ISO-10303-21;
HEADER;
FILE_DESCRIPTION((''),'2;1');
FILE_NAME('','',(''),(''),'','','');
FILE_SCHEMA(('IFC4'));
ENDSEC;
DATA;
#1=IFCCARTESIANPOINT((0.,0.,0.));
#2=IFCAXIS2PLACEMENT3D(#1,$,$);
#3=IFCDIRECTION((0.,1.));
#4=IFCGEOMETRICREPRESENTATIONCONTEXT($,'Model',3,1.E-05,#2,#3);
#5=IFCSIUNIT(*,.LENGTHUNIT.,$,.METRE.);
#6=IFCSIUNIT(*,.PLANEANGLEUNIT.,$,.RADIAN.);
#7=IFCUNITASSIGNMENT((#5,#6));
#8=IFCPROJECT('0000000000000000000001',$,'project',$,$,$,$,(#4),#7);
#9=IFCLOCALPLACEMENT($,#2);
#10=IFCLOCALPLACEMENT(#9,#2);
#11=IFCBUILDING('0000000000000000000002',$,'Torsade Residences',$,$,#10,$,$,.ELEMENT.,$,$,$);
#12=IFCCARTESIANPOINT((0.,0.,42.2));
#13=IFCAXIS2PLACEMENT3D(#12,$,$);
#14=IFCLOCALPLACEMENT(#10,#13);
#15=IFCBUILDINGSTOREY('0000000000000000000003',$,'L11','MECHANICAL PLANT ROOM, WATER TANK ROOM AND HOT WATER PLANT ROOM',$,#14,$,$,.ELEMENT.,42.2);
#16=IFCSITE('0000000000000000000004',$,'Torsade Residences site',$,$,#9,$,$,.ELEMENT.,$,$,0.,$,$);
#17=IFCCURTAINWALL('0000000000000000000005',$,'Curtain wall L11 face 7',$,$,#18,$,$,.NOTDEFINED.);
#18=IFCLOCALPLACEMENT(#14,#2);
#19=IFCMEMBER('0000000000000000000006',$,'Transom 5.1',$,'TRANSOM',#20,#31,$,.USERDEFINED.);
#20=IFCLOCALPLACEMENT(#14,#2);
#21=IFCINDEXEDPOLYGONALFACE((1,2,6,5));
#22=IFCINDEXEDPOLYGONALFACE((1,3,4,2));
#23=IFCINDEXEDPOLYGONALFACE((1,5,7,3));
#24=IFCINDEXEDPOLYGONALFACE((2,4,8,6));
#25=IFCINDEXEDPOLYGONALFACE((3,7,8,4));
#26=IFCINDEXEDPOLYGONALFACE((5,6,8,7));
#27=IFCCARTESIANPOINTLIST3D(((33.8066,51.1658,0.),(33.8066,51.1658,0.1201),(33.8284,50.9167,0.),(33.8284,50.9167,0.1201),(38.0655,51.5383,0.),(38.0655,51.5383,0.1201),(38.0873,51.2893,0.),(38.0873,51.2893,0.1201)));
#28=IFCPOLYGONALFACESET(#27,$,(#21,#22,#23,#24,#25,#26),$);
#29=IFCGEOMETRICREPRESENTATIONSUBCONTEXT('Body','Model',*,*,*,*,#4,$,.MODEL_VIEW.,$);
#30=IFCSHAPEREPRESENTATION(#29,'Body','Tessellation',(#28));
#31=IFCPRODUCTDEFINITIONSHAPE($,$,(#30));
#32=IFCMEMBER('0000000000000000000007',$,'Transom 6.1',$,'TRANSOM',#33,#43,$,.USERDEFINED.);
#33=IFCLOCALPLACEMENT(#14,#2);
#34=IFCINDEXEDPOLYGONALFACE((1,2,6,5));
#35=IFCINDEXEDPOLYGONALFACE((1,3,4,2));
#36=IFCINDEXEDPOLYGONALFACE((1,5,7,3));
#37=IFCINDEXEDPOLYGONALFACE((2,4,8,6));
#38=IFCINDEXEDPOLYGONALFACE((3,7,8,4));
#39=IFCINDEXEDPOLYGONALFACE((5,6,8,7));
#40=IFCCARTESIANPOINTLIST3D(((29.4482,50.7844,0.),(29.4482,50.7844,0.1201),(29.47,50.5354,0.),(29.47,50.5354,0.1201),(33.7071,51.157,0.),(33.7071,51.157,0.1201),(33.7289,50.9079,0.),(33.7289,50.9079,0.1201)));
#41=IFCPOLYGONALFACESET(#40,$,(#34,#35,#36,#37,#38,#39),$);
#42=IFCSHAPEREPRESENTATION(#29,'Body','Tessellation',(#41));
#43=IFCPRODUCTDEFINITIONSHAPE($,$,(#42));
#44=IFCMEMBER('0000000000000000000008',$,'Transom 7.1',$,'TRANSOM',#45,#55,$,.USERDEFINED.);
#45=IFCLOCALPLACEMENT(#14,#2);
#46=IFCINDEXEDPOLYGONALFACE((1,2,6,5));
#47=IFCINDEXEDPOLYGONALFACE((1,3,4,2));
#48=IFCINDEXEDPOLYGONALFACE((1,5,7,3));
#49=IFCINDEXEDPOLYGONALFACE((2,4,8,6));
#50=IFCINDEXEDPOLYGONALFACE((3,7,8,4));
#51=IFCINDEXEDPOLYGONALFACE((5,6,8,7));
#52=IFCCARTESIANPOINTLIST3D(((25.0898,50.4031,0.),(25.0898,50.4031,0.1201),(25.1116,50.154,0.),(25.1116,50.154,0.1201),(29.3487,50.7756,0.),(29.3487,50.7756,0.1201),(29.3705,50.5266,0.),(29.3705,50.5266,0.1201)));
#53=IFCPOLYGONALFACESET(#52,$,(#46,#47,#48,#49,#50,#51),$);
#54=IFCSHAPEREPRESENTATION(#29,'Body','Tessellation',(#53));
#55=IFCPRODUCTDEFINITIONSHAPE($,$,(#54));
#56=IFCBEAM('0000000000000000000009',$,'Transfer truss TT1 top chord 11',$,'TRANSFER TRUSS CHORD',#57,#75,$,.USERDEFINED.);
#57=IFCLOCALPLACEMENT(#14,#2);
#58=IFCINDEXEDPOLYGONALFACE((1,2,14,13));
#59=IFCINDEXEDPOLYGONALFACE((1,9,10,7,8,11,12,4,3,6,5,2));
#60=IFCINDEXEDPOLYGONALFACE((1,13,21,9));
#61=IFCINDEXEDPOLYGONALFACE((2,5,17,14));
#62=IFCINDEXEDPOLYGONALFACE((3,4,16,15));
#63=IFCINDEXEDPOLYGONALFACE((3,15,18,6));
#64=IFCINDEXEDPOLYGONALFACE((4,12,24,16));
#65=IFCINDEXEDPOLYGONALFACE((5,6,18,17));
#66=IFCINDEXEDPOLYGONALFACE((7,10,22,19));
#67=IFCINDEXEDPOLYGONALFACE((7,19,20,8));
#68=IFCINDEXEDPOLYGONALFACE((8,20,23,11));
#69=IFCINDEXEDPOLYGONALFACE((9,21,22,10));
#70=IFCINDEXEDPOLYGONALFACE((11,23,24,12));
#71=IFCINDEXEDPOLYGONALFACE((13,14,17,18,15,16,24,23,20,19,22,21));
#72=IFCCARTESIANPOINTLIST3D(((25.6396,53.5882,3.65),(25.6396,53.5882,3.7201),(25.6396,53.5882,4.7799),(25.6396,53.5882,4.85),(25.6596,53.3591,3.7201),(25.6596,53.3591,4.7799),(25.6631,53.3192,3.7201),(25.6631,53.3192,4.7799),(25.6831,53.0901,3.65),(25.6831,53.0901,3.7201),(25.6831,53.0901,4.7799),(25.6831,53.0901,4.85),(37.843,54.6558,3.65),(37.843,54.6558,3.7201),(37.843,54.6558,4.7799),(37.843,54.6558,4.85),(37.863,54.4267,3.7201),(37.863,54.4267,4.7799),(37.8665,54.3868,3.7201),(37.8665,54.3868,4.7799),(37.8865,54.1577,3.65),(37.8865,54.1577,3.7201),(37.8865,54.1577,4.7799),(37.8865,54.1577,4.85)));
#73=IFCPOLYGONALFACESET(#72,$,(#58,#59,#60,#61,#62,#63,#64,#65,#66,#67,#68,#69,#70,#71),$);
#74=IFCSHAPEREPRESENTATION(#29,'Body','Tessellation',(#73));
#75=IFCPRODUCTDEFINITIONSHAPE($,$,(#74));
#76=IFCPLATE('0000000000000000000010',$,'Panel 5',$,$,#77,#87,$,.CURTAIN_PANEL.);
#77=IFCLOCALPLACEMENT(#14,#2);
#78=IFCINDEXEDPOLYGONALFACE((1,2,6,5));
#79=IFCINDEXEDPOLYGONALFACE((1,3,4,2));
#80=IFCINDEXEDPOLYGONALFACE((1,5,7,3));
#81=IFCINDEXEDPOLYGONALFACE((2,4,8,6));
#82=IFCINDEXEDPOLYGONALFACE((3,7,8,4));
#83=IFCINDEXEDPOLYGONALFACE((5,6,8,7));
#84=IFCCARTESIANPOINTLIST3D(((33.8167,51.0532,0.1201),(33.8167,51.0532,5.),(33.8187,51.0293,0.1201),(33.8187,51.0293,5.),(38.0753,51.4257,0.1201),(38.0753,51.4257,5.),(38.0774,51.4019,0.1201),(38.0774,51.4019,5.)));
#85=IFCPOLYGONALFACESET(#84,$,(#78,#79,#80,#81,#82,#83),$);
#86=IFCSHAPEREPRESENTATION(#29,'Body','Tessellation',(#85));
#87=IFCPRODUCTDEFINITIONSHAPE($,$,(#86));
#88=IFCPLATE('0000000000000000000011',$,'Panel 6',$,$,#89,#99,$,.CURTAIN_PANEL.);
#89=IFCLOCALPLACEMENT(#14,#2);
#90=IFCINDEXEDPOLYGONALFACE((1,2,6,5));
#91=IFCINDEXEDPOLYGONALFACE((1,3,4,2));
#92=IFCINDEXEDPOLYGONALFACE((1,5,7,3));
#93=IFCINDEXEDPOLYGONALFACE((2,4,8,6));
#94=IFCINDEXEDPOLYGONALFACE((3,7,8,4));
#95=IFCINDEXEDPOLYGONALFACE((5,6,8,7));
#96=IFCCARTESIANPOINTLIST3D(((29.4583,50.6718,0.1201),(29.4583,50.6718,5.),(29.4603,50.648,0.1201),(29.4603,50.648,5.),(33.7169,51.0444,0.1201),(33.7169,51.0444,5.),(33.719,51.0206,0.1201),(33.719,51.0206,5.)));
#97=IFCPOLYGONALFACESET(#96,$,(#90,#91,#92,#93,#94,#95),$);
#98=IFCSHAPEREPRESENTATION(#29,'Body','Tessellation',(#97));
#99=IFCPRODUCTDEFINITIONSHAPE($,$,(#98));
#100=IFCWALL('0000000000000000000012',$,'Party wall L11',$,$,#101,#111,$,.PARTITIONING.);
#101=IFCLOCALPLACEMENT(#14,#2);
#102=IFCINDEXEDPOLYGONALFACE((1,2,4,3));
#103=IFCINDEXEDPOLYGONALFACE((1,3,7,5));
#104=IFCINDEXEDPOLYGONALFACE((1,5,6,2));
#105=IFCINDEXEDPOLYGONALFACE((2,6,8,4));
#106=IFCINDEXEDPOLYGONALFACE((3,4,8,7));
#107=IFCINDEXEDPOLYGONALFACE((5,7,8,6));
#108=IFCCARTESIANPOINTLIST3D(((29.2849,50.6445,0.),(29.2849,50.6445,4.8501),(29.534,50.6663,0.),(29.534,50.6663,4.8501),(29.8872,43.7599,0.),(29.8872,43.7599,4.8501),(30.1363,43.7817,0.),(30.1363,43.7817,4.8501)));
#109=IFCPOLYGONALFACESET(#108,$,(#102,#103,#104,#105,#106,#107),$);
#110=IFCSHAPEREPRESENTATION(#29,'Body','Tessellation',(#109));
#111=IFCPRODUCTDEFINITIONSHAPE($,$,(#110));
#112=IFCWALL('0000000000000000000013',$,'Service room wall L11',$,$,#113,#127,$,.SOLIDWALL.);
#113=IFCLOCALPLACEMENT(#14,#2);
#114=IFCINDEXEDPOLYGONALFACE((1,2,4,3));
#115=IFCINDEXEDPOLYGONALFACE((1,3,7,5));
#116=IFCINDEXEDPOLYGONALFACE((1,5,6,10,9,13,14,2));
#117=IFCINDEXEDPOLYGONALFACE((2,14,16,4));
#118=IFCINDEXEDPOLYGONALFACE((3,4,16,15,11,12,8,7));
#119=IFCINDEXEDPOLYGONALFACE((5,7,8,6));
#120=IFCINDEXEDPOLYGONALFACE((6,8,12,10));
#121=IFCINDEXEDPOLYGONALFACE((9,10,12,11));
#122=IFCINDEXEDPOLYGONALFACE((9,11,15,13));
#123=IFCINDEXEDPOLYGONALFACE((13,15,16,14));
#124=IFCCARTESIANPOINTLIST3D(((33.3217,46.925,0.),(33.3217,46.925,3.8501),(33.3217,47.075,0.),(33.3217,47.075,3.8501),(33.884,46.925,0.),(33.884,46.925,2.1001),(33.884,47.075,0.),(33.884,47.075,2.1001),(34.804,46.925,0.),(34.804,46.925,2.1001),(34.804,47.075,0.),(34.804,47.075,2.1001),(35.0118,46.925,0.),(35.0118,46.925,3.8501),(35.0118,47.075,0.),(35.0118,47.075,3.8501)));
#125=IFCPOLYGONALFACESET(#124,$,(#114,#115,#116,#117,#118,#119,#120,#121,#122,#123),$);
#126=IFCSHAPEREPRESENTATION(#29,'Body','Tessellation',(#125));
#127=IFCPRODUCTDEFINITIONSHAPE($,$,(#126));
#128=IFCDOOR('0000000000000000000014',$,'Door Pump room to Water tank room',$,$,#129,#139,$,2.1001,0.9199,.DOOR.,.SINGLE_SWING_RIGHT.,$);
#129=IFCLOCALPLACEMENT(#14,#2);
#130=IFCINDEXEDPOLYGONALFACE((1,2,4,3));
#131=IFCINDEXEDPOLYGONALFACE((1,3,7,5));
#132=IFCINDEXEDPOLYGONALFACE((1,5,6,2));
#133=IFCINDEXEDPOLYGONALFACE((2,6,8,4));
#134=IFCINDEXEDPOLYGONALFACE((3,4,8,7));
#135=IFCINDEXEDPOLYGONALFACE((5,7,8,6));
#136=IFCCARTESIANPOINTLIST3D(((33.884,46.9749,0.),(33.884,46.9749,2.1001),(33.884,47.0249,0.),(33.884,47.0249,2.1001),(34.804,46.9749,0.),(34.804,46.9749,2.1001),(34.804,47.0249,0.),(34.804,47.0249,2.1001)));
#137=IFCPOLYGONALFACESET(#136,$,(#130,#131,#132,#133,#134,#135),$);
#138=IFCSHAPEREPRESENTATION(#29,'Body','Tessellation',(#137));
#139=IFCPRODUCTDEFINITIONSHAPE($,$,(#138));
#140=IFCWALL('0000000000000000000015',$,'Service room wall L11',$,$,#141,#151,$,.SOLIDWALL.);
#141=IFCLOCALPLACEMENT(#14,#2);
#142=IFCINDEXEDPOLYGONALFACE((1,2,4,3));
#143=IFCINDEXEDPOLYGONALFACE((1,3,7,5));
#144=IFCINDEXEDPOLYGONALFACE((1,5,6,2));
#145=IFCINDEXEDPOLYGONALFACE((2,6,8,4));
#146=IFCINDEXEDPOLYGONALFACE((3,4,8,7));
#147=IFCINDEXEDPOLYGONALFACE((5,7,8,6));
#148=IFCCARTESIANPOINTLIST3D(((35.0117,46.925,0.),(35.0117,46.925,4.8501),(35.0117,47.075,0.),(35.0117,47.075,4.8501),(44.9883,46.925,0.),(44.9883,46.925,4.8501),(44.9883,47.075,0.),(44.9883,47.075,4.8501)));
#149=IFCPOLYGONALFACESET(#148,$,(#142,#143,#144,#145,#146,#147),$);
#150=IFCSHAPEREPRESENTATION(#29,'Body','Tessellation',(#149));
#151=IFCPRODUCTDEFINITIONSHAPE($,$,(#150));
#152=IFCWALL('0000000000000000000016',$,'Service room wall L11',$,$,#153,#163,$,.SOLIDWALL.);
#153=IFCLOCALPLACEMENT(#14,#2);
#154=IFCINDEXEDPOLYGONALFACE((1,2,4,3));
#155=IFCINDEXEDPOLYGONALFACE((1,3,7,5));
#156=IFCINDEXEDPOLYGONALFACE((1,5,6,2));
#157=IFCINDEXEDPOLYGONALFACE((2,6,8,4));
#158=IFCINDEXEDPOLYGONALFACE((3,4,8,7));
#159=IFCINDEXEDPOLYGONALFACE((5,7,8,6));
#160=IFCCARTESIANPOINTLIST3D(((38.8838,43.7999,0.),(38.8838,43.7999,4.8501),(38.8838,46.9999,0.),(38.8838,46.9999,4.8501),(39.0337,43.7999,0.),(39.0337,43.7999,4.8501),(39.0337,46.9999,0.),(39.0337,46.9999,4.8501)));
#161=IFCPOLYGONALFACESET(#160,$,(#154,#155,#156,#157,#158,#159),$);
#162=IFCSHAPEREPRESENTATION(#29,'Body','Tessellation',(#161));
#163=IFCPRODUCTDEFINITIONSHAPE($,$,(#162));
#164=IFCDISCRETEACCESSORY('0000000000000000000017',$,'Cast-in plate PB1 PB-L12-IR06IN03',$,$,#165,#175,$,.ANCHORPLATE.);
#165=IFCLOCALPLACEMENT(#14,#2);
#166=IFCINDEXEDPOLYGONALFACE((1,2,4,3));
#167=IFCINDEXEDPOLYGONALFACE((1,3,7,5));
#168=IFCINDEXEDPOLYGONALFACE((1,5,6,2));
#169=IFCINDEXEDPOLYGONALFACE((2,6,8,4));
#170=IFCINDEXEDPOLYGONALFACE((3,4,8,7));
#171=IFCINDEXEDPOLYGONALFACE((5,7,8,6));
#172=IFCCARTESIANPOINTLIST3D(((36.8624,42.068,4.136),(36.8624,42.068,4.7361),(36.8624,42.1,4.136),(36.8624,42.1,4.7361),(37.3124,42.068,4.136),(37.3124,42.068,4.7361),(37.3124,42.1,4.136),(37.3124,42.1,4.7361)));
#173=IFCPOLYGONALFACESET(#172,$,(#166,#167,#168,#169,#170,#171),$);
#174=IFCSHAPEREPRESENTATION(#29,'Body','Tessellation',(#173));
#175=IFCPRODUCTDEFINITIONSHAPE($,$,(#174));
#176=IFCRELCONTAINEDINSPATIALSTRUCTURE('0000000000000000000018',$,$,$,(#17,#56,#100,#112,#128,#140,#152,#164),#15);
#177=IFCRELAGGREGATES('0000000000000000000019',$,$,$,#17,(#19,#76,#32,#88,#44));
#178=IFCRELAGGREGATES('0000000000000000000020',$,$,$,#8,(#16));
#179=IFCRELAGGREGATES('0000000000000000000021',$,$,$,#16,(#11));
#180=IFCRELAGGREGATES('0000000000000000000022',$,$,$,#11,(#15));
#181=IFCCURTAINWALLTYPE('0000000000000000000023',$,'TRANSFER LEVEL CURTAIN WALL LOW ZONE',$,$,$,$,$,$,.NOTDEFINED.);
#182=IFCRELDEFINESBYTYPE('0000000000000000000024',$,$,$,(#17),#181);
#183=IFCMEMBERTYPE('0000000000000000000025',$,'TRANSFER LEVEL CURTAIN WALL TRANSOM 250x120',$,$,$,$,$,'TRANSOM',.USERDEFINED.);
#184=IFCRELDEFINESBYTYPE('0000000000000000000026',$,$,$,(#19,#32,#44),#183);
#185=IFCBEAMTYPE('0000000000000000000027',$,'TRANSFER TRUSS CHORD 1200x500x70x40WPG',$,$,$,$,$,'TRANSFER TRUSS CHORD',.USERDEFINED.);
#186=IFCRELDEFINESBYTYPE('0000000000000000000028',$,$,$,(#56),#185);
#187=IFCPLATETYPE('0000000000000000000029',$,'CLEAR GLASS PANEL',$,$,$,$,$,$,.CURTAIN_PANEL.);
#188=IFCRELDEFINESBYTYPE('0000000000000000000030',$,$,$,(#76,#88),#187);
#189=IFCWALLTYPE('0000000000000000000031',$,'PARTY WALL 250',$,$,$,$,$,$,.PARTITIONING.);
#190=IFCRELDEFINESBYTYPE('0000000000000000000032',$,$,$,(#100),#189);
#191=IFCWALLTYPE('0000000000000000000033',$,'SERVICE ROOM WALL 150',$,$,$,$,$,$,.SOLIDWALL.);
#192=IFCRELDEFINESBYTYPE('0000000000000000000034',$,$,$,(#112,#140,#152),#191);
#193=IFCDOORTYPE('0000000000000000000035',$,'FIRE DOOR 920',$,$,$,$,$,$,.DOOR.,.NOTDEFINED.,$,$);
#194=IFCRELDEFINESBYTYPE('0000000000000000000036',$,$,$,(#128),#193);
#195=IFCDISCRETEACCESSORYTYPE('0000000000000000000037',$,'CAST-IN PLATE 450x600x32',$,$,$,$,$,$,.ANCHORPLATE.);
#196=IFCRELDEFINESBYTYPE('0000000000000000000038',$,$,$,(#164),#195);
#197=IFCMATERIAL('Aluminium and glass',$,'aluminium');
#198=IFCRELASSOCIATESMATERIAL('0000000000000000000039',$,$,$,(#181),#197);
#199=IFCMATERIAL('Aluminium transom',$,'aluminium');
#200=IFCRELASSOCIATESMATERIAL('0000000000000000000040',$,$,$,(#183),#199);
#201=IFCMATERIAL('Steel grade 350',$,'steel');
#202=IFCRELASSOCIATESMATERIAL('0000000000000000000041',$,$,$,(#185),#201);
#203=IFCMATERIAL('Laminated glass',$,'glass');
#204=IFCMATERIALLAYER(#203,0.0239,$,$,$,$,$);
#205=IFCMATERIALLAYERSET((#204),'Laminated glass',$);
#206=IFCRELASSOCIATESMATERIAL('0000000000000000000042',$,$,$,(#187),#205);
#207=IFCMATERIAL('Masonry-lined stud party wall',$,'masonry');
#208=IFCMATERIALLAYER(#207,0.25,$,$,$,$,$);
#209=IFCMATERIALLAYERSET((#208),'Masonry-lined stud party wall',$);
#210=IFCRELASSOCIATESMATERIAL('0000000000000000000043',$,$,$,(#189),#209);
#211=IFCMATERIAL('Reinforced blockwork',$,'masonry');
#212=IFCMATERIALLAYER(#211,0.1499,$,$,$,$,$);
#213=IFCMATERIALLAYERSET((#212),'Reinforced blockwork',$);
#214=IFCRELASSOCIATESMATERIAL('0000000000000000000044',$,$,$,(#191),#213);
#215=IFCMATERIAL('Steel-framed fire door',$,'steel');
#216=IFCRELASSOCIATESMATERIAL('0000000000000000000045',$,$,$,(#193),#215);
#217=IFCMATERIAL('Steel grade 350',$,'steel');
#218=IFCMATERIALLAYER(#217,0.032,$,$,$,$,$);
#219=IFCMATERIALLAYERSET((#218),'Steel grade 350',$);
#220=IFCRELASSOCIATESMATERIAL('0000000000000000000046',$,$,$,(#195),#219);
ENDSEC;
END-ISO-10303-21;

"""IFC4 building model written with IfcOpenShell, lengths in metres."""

from ifc_helpers import new_model, si_unit, direction, frame, frame_2d, origin, origin_2d, place, context, subcontext, project, spatial, rectangle, i_section, extrude, material, layer, layer_set, material_profile, profile_set, type_object, element, fill, aggregate, save


model = new_model("IFC4")

# Units and contexts
model_context = context("Model", 3, precision=1e-05, world=origin(), true_north=direction((0.0, 1.0)))
body_context = subcontext(model_context, "Body", "Model", "MODEL_VIEW")
ifc_project = project(units=[si_unit("LENGTHUNIT", "METRE"), si_unit("PLANEANGLEUNIT", "RADIAN")], contexts=[model_context])

# Site, building, storey
site_placement = place(None, origin())
site = spatial("IfcSite", under=ifc_project, at=site_placement, Name="Torsade Residences site", CompositionType="ELEMENT", RefElevation=0.0)
building_placement = place(site_placement, origin())
building = spatial("IfcBuilding", under=site, at=building_placement, Name="Torsade Residences", CompositionType="ELEMENT")
storey_placement = place(building_placement, frame((0.0, 0.0, 42.2)))
storey = spatial("IfcBuildingStorey", under=building, at=storey_placement, Name="L11", Description="MECHANICAL PLANT ROOM, WATER TANK ROOM AND HOT WATER PLANT ROOM", CompositionType="ELEMENT", Elevation=42.2)

# Curtain wall, members
ifc_material_1 = material(Name="Aluminium and glass", Category="aluminium")
curtain_wall_type = type_object("IfcCurtainWallType", Name="TRANSFER LEVEL CURTAIN WALL LOW ZONE", PredefinedType="NOTDEFINED", material=ifc_material_1)
curtain_wall_placement = place(storey_placement, origin())
curtain_wall = element("IfcCurtainWall", 1, at=curtain_wall_placement, inside=storey, type_object=curtain_wall_type, Name="Curtain wall L11 face 7", PredefinedType="NOTDEFINED")
ifc_material_2 = material(Name="Aluminium transom", Category="aluminium")
ifc_material_profile_1 = material_profile(ifc_material_2, rectangle(XDim=0.25, YDim=0.1201, at=origin_2d()), Name="TRANSFER LEVEL CURTAIN WALL TRANSOM 250x120")
ifc_profile_set_1 = profile_set([ifc_material_profile_1], Name="Aluminium transom")
member_type_1 = type_object("IfcMemberType", Name="TRANSFER LEVEL CURTAIN WALL TRANSOM 250x120", ElementType="TRANSOM", PredefinedType="USERDEFINED", material=ifc_profile_set_1)
member_1_placement = place(storey_placement, frame((38.0764, 51.4138, 0.0601), z_axis=(-0.996195, -0.087147, 0.0), x_axis=(0.087147, -0.996195, 0.0)))
member_1 = element("IfcMember", 2, at=member_1_placement, type_object=member_type_1, Name="Transom 5.1", ObjectType="TRANSOM", PredefinedType="USERDEFINED", context=body_context, shape_type="SweptSolid", body=[
    extrude(rectangle(XDim=0.25, YDim=0.1201, at=origin_2d()), origin(), (0.0, 0.0, 1.0), 4.2751),
])
member_2_placement = place(storey_placement, frame((33.718, 51.0325, 0.0601), z_axis=(-0.996195, -0.087147, 0.0), x_axis=(0.087147, -0.996195, 0.0)))
member_2 = element("IfcMember", 3, at=member_2_placement, type_object=member_type_1, Name="Transom 6.1", ObjectType="TRANSOM", PredefinedType="USERDEFINED", context=body_context, shape_type="SweptSolid", body=[
    extrude(rectangle(XDim=0.25, YDim=0.1201, at=origin_2d()), origin(), (0.0, 0.0, 1.0), 4.2751),
])
member_3_placement = place(storey_placement, frame((29.3596, 50.6511, 0.0601), z_axis=(-0.996195, -0.087147, 0.0), x_axis=(0.087147, -0.996195, 0.0)))
member_3 = element("IfcMember", 4, at=member_3_placement, type_object=member_type_1, Name="Transom 7.1", ObjectType="TRANSOM", PredefinedType="USERDEFINED", context=body_context, shape_type="SweptSolid", body=[
    extrude(rectangle(XDim=0.25, YDim=0.1201, at=origin_2d()), origin(), (0.0, 0.0, 1.0), 4.2751),
])

# Beam
ifc_material_3 = material(Name="Steel grade 350", Category="steel")
ifc_material_profile_2 = material_profile(ifc_material_3, i_section(OverallWidth=0.5, OverallDepth=1.2, WebThickness=0.04, FlangeThickness=0.0701, at=origin_2d()), Name="1200x500x70x40WPG")
ifc_profile_set_2 = profile_set([ifc_material_profile_2], Name="Steel grade 350")
beam_type_1 = type_object("IfcBeamType", Name="TRANSFER TRUSS CHORD 1200x500x70x40WPG", ElementType="TRANSFER TRUSS CHORD", PredefinedType="USERDEFINED", material=ifc_profile_set_2)
beam_1_placement = place(storey_placement, frame((37.8647, 54.4067, 4.25), z_axis=(-0.996195, -0.087153, 0.0), x_axis=(0.087153, -0.996195, 0.0)))
element("IfcBeam", 5, at=beam_1_placement, inside=storey, type_object=beam_type_1, Name="Transfer truss TT1 top chord 11", ObjectType="TRANSFER TRUSS CHORD", PredefinedType="USERDEFINED", context=body_context, shape_type="SweptSolid", body=[
    extrude(i_section(OverallWidth=0.5, OverallDepth=1.2, WebThickness=0.04, FlangeThickness=0.0701, at=origin_2d()), origin(), (0.0, 0.0, 1.0), 12.25),
])

# Plates
ifc_material_4 = material(Name="Laminated glass", Category="glass")
ifc_layer_1 = layer(ifc_material_4, 0.0239)
ifc_layer_set_1 = layer_set([ifc_layer_1], Name="Laminated glass")
plate_type = type_object("IfcPlateType", Name="CLEAR GLASS PANEL", PredefinedType="CURTAIN_PANEL", material=ifc_layer_set_1)
plate_1_placement = place(storey_placement, frame((35.947, 51.2275, 0.1201), z_axis=(0.0, 0.0, 1.0), x_axis=(-0.996195, -0.087156, 0.0)))
plate_1 = element("IfcPlate", 6, at=plate_1_placement, type_object=plate_type, Name="Panel 5", PredefinedType="CURTAIN_PANEL", context=body_context, shape_type="SweptSolid", body=[
    extrude(rectangle(XDim=4.2749, YDim=0.0239, at=origin_2d()), origin(), (0.0, 0.0, 1.0), 4.8799),
])
plate_2_placement = place(storey_placement, frame((31.5886, 50.8462, 0.1201), z_axis=(0.0, 0.0, 1.0), x_axis=(-0.996195, -0.087156, 0.0)))
plate_2 = element("IfcPlate", 7, at=plate_2_placement, type_object=plate_type, Name="Panel 6", PredefinedType="CURTAIN_PANEL", context=body_context, shape_type="SweptSolid", body=[
    extrude(rectangle(XDim=4.2749, YDim=0.0239, at=origin_2d()), origin(), (0.0, 0.0, 1.0), 4.8799),
])
aggregate(curtain_wall, [member_1, plate_1, member_2, plate_2, member_3])

# Wall
ifc_material_5 = material(Name="Masonry-lined stud party wall", Category="masonry")
ifc_layer_2 = layer(ifc_material_5, 0.25)
ifc_layer_set_2 = layer_set([ifc_layer_2], Name="Masonry-lined stud party wall")
wall_type_1 = type_object("IfcWallType", Name="PARTY WALL 250", PredefinedType="PARTITIONING", material=ifc_layer_set_2)
wall_1_placement = place(storey_placement, frame((29.4094, 50.6555, 0.0), z_axis=(0.0, 0.0, 1.0), x_axis=(0.087152, -0.996195, 0.0)))
element("IfcWall", 8, at=wall_1_placement, inside=storey, type_object=wall_type_1, Name="Party wall L11", PredefinedType="PARTITIONING", context=body_context, shape_type="SweptSolid", body=[
    extrude(rectangle(XDim=6.9109, YDim=0.25, at=frame_2d((3.4556, 0.0))), origin(), (0.0, 0.0, 1.0), 4.8501),
])

# Wall, opening, door
ifc_material_6 = material(Name="Reinforced blockwork", Category="masonry")
ifc_layer_3 = layer(ifc_material_6, 0.1499)
ifc_layer_set_3 = layer_set([ifc_layer_3], Name="Reinforced blockwork")
wall_type_2 = type_object("IfcWallType", Name="SERVICE ROOM WALL 150", PredefinedType="SOLIDWALL", material=ifc_layer_set_3)
wall_2_placement = place(storey_placement, frame((33.3215, 47.0, 0.0), z_axis=(0.0, 0.0, 1.0), x_axis=(1.0, 0.0, 0.0)))
wall_2 = element("IfcWall", 9, at=wall_2_placement, inside=storey, type_object=wall_type_2, Name="Service room wall L11", PredefinedType="SOLIDWALL", context=body_context, shape_type="SweptSolid", body=[
    extrude(rectangle(XDim=1.6902, YDim=0.1499, at=frame_2d((0.8452, 0.0))), origin(), (0.0, 0.0, 1.0), 3.8501),
])
opening_placement = place(wall_2_placement, frame((0.5625, 0.0, 0.0)))
opening = element("IfcOpeningElement", 10, at=opening_placement, cuts=wall_2, PredefinedType="OPENING", context=body_context, shape_type="SweptSolid", body=[
    extrude(rectangle(XDim=0.9199, YDim=2.1001, at=frame_2d((0.46, 1.05))), frame((0.0, 0.085, 0.0), z_axis=(0.0, -1.0, 0.0), x_axis=(1.0, 0.0, 0.0)), (0.0, 0.0, 1.0), 0.1699),
])
ifc_material_7 = material(Name="Steel-framed fire door", Category="steel")
door_type = type_object("IfcDoorType", Name="FIRE DOOR 920", OperationType="NOTDEFINED", PredefinedType="DOOR", material=ifc_material_7)
door_placement = place(opening_placement, origin())
door = element("IfcDoor", 11, at=door_placement, inside=storey, type_object=door_type, Name="Door Pump room to Water tank room", OperationType="SINGLE_SWING_RIGHT", OverallHeight=2.1001, OverallWidth=0.9199, PredefinedType="DOOR", context=body_context, shape_type="SweptSolid", body=[
    extrude(rectangle(XDim=0.9199, YDim=2.1001, at=frame_2d((0.46, 1.05))), frame((0.0, 0.0249, 0.0), z_axis=(0.0, -1.0, 0.0), x_axis=(1.0, 0.0, 0.0)), (0.0, 0.0, 1.0), 0.05),
])
fill(opening, door)

# Walls
wall_3_placement = place(storey_placement, frame((35.0117, 47.0, 0.0), z_axis=(0.0, 0.0, 1.0), x_axis=(1.0, 0.0, 0.0)))
element("IfcWall", 12, at=wall_3_placement, inside=storey, type_object=wall_type_2, Name="Service room wall L11", PredefinedType="SOLIDWALL", context=body_context, shape_type="SweptSolid", body=[
    extrude(rectangle(XDim=9.9766, YDim=0.1499, at=frame_2d((4.9883, 0.0))), origin(), (0.0, 0.0, 1.0), 4.8501),
])
wall_4_placement = place(storey_placement, frame((38.9587, 47.0, 0.0), z_axis=(0.0, 0.0, 1.0), x_axis=(0.0, -1.0, 0.0)))
element("IfcWall", 13, at=wall_4_placement, inside=storey, type_object=wall_type_2, Name="Service room wall L11", PredefinedType="SOLIDWALL", context=body_context, shape_type="SweptSolid", body=[
    extrude(rectangle(XDim=3.2, YDim=0.1499, at=frame_2d((1.6001, 0.0))), origin(), (0.0, 0.0, 1.0), 4.8501),
])

# Discrete accessory
ifc_material_8 = material(Name="Steel grade 350", Category="steel")
ifc_layer_4 = layer(ifc_material_8, 0.032)
ifc_layer_set_4 = layer_set([ifc_layer_4], Name="Steel grade 350")
discrete_accessory_type_1 = type_object("IfcDiscreteAccessoryType", Name="CAST-IN PLATE 450x600x32", PredefinedType="ANCHORPLATE", material=ifc_layer_set_4)
for number, where, z_axis, x_axis, name in (
    (14, (37.0874, 42.084, 4.136), (0.0, 0.0, 1.0), (1.0, 0.0, 0.0), "Cast-in plate PB1 PB-L12-IR06IN03"),
):
    element("IfcDiscreteAccessory", number, at=place(storey_placement, frame(where, z_axis=z_axis, x_axis=x_axis)), inside=storey, type_object=discrete_accessory_type_1, Name=name, PredefinedType="ANCHORPLATE", context=body_context, shape_type="SweptSolid", body=[
        extrude(rectangle(XDim=0.45, YDim=0.032, at=origin_2d()), origin(), (0.0, 0.0, 1.0), 0.6001),
    ])

save(model, "model.ifc")
